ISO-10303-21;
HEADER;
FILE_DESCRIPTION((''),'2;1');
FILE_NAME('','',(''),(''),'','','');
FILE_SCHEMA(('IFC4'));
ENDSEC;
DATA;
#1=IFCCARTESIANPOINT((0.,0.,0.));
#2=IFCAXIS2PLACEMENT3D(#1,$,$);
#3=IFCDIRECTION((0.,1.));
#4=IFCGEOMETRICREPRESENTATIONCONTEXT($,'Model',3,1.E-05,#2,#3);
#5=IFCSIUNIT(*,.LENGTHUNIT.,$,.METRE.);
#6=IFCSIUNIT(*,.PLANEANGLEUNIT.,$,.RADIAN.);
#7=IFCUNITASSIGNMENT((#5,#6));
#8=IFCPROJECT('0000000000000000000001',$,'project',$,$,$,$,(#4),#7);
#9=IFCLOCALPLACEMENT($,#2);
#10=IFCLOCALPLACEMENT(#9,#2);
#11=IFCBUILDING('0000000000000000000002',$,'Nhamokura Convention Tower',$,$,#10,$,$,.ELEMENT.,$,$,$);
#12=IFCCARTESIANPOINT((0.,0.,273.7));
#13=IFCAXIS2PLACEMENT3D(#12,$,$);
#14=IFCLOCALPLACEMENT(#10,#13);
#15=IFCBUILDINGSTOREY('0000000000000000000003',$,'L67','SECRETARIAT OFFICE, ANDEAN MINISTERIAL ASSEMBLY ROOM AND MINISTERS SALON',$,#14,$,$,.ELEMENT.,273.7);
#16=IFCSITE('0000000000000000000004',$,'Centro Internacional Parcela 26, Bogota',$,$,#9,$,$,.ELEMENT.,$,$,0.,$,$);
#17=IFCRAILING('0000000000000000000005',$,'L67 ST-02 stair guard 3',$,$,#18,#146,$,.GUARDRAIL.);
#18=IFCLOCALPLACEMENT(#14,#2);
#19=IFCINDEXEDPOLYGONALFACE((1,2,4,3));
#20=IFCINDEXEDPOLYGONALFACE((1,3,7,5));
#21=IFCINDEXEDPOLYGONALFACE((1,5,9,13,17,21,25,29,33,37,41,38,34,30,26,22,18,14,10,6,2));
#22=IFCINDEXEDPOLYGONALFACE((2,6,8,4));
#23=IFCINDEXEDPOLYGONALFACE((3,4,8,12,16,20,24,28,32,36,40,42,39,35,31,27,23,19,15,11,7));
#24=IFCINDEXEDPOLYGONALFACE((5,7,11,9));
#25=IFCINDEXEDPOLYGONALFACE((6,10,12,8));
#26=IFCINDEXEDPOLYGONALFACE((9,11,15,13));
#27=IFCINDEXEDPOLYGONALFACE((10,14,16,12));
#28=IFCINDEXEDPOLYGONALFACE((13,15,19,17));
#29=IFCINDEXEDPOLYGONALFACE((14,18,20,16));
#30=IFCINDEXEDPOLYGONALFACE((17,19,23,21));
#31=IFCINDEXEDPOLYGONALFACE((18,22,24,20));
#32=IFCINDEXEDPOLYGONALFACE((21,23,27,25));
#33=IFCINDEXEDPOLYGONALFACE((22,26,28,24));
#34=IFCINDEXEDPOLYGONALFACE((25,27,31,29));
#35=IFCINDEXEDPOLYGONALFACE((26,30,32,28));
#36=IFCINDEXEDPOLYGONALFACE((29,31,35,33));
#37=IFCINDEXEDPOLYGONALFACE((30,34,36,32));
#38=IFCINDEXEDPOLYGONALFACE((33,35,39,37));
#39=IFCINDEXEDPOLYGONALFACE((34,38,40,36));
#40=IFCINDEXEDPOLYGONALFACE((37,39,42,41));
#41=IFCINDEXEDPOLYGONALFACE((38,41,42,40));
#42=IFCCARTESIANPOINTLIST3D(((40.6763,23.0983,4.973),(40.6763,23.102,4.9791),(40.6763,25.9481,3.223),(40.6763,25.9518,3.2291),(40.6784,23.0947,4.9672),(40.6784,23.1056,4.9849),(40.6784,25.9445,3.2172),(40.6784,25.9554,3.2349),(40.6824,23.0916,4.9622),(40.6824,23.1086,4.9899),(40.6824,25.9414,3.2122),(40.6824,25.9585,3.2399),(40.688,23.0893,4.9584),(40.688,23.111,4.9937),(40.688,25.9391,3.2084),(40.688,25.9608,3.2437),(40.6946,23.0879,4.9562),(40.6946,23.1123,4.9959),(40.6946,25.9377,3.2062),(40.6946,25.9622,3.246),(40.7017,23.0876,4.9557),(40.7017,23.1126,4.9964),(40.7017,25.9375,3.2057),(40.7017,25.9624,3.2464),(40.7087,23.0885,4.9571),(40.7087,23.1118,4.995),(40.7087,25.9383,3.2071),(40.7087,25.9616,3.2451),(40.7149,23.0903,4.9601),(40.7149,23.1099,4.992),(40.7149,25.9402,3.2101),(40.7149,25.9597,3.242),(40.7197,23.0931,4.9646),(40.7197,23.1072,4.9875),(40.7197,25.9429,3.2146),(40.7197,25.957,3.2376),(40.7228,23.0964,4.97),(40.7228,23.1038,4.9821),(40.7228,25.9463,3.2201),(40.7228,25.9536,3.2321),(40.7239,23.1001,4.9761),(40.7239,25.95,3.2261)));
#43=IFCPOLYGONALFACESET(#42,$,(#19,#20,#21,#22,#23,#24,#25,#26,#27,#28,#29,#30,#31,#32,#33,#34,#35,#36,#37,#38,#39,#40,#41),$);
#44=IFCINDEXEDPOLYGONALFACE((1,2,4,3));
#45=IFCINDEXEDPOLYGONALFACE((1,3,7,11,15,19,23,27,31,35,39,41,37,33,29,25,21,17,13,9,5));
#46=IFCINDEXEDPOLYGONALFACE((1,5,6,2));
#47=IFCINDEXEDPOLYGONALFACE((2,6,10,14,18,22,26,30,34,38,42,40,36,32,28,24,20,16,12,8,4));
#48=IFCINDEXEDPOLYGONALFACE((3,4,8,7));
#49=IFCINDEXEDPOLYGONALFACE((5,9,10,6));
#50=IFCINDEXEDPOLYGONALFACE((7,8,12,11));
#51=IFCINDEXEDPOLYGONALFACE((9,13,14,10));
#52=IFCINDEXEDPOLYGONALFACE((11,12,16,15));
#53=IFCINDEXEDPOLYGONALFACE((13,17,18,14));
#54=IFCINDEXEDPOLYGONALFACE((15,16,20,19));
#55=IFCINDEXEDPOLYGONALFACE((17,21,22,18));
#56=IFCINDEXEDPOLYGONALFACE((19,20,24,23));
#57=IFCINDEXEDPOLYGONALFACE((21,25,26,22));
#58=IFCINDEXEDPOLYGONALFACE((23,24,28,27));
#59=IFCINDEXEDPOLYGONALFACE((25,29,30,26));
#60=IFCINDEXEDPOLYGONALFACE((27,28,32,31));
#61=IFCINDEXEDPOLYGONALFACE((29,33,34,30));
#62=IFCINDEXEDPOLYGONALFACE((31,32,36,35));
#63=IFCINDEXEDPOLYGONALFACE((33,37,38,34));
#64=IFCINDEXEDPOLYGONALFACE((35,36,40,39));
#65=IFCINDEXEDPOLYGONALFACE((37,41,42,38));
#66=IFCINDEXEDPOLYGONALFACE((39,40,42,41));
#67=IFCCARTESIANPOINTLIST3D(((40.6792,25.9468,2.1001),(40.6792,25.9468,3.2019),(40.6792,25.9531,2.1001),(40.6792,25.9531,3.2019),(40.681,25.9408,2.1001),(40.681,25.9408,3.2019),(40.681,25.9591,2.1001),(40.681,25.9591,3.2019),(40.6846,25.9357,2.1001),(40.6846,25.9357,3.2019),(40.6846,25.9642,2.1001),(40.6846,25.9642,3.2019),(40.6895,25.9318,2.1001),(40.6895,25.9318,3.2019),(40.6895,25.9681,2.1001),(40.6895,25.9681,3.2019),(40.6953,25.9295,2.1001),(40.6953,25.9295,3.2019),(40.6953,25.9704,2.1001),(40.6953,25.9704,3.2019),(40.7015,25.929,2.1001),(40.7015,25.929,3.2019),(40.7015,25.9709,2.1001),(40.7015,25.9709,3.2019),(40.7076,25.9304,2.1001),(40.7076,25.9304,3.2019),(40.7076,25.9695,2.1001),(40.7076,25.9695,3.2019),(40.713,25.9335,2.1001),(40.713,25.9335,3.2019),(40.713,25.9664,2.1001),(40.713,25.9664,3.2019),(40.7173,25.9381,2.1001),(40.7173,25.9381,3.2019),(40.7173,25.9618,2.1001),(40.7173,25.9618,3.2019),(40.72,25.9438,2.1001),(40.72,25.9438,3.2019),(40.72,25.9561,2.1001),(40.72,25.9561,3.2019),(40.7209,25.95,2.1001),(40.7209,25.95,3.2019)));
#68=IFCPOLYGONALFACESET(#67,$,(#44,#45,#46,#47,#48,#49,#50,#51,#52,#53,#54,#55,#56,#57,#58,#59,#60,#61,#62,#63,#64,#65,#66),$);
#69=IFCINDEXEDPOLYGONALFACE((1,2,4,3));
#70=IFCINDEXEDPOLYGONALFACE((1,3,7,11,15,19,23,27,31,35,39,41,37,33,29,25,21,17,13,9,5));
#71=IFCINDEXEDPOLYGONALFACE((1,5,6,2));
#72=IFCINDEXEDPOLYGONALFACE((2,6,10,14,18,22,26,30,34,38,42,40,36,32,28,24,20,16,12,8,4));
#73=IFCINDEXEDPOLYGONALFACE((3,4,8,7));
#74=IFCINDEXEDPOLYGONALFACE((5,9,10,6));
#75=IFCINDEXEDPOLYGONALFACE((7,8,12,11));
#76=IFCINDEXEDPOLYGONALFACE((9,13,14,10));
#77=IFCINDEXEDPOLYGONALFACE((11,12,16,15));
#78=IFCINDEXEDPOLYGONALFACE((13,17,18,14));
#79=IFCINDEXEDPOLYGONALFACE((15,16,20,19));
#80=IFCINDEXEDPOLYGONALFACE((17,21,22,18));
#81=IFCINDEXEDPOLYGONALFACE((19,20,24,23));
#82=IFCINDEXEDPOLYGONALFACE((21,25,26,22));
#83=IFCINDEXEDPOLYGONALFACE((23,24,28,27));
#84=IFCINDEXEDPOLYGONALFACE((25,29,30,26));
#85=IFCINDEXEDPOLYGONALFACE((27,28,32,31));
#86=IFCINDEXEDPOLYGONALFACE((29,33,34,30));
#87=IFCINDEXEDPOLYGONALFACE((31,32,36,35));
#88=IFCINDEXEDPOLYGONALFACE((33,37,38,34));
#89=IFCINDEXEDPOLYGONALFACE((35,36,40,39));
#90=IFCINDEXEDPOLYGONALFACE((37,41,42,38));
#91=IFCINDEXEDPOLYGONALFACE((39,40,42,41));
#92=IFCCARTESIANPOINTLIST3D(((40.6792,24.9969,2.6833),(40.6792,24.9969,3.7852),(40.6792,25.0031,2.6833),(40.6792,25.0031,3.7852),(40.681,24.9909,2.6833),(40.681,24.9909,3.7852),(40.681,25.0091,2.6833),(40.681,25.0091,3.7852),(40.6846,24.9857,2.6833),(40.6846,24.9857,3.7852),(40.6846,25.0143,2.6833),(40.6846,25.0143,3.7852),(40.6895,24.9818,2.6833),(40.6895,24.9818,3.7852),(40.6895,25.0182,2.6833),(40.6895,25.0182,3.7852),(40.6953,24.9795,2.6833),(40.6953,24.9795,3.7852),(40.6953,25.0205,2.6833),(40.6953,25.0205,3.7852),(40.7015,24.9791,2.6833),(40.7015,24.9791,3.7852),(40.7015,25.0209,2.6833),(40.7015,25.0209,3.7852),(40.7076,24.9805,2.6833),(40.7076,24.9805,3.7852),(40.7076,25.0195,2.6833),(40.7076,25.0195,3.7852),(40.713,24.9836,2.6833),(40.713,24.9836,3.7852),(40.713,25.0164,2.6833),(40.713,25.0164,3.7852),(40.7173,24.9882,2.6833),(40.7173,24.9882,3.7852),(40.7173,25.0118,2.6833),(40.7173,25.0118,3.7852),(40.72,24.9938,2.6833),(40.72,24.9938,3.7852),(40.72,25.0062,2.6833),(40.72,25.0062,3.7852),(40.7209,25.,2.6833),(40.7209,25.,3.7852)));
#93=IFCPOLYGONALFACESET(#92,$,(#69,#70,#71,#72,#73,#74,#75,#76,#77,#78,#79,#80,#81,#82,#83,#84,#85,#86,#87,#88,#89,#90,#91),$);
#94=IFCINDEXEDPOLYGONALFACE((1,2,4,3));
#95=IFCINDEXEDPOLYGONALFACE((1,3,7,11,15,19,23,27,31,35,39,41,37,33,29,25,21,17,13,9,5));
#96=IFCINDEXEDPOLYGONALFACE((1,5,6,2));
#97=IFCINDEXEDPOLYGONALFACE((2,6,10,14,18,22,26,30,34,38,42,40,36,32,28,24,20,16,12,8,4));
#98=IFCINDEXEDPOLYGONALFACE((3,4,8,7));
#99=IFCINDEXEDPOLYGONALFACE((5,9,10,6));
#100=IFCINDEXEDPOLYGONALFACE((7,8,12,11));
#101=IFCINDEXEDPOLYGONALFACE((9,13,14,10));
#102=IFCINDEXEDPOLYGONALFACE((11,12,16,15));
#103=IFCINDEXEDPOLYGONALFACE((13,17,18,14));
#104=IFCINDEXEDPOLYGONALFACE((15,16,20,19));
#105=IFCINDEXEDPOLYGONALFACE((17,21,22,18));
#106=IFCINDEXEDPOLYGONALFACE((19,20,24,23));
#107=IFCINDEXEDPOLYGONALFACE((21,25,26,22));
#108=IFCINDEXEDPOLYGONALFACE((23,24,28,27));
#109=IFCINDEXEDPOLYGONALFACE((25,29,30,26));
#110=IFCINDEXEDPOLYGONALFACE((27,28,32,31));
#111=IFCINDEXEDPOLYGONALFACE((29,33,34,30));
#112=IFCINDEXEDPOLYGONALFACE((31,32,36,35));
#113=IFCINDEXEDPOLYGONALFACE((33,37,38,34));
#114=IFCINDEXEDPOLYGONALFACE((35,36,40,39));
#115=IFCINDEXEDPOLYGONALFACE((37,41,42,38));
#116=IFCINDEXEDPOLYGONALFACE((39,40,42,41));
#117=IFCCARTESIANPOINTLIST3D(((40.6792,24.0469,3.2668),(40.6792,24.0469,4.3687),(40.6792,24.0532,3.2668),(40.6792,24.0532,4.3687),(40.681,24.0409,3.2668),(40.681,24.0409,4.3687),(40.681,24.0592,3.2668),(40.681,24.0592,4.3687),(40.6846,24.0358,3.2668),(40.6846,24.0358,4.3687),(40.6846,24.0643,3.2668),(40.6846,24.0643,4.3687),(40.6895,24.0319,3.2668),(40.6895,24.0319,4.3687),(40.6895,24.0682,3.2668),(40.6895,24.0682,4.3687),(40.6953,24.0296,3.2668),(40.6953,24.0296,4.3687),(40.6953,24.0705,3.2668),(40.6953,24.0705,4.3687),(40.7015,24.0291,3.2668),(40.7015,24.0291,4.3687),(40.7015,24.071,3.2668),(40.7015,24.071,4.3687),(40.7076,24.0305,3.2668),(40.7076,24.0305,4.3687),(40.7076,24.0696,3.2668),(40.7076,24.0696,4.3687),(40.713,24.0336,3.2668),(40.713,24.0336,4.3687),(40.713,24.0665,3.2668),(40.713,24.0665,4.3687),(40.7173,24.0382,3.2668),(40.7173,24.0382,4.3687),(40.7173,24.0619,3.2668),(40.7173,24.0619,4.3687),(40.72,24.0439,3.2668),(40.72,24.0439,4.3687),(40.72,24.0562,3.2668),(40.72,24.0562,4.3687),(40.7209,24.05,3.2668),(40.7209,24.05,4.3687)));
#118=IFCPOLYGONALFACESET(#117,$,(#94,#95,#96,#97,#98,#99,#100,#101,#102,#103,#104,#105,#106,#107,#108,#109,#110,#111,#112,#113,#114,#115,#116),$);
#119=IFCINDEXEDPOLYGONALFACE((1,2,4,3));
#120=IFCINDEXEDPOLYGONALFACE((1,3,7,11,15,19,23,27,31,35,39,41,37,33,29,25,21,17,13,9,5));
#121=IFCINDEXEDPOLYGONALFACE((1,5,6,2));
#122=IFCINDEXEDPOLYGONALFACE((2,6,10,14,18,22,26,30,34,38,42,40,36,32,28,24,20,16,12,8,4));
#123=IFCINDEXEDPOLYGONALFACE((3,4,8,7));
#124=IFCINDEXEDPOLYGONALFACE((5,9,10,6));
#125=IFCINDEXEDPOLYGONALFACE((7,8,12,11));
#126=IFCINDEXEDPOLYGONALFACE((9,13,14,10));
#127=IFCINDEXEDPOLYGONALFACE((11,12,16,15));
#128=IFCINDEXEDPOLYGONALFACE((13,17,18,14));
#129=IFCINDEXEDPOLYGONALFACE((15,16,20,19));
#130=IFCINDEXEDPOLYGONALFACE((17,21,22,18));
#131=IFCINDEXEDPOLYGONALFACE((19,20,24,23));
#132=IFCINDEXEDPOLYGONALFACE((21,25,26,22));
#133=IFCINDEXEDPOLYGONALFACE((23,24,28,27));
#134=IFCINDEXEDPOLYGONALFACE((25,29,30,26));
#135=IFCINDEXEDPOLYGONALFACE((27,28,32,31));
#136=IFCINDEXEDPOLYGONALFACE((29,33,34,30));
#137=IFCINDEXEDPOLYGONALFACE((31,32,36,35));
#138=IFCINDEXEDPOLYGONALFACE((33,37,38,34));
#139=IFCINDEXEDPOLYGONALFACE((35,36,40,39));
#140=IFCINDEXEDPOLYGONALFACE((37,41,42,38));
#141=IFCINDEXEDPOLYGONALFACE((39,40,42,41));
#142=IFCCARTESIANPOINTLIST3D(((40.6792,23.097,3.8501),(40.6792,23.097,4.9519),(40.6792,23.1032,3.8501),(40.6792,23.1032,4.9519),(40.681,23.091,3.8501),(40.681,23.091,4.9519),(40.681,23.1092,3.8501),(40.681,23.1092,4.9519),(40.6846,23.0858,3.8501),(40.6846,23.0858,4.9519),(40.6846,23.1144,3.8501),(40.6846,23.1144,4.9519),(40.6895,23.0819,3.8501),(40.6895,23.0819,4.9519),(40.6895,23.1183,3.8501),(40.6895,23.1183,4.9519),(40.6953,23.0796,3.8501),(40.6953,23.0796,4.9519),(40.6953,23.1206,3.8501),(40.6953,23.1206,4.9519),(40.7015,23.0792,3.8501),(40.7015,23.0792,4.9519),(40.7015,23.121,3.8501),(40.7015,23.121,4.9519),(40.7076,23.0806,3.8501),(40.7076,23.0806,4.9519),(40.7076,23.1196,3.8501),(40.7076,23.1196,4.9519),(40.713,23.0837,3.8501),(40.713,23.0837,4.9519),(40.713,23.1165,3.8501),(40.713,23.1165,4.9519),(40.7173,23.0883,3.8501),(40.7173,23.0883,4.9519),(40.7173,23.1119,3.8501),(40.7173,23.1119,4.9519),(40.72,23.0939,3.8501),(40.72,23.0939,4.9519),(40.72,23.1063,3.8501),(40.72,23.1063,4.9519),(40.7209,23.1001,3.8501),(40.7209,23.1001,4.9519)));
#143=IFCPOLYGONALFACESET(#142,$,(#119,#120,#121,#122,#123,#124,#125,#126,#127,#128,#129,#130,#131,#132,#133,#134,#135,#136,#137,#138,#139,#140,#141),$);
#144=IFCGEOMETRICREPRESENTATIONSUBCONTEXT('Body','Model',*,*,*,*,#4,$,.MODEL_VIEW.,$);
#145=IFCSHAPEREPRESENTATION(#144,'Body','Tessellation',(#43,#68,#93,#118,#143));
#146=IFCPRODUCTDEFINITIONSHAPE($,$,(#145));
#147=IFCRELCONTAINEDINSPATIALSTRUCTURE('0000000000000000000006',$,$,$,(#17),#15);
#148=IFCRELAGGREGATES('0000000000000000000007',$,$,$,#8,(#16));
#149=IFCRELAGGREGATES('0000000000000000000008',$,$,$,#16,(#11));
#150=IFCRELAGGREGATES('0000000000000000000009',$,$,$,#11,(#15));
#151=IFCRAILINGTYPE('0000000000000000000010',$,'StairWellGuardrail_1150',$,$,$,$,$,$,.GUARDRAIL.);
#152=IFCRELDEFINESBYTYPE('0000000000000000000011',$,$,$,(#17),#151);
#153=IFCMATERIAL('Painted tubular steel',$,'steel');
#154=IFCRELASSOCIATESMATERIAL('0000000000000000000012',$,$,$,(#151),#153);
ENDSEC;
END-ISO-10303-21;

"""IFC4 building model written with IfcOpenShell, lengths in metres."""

from ifc_helpers import new_model, si_unit, direction, frame, origin, origin_2d, place, context, subcontext, project, spatial, circle, extrude, material, type_object, element, save


model = new_model("IFC4")

# Units and contexts
model_context = context("Model", 3, precision=1e-05, world=origin(), true_north=direction((0.0, 1.0)))
body_context = subcontext(model_context, "Body", "Model", "MODEL_VIEW")
ifc_project = project(units=[si_unit("LENGTHUNIT", "METRE"), si_unit("PLANEANGLEUNIT", "RADIAN")], contexts=[model_context])

# Site, building, storey
site_placement = place(None, origin())
site = spatial("IfcSite", under=ifc_project, at=site_placement, Name="Centro Internacional Parcela 26, Bogota", CompositionType="ELEMENT", RefElevation=0.0)
building_placement = place(site_placement, origin())
building = spatial("IfcBuilding", under=site, at=building_placement, Name="Nhamokura Convention Tower", CompositionType="ELEMENT")
storey_placement = place(building_placement, frame((0.0, 0.0, 273.7)))
storey = spatial("IfcBuildingStorey", under=building, at=storey_placement, Name="L67", Description="SECRETARIAT OFFICE, ANDEAN MINISTERIAL ASSEMBLY ROOM AND MINISTERS SALON", CompositionType="ELEMENT", Elevation=273.7)

# Railing
ifc_material_1 = material(Name="Painted tubular steel", Category="steel")
railing_type_1 = type_object("IfcRailingType", Name="StairWellGuardrail_1150", PredefinedType="GUARDRAIL", material=ifc_material_1)
railing_1_placement = place(storey_placement, frame((40.7, 25.95, 2.1001)))
element("IfcRailing", 1, at=railing_1_placement, inside=storey, type_object=railing_type_1, Name="L67 ST-02 stair guard 3", PredefinedType="GUARDRAIL", context=body_context, shape_type="SweptSolid", body=[
    extrude(circle(Radius=0.0239, at=origin_2d()), frame((0.0, 0.0, 1.126), z_axis=(0.0, -0.852159, 0.523283), x_axis=(1.0, 0.0, 0.0)), (0.0, 0.0, 1.0), 3.3442),
    extrude(circle(Radius=0.021, at=origin_2d()), origin(), (0.0, 0.0, 1.0), 1.1018),
    extrude(circle(Radius=0.021, at=origin_2d()), frame((0.0, -0.95, 0.5833)), (0.0, 0.0, 1.0), 1.1018),
    extrude(circle(Radius=0.021, at=origin_2d()), frame((0.0, -1.8999, 1.1667)), (0.0, 0.0, 1.0), 1.1018),
    extrude(circle(Radius=0.021, at=origin_2d()), frame((0.0, -2.8499, 1.75)), (0.0, 0.0, 1.0), 1.1018),
])

save(model, "model.ifc")
